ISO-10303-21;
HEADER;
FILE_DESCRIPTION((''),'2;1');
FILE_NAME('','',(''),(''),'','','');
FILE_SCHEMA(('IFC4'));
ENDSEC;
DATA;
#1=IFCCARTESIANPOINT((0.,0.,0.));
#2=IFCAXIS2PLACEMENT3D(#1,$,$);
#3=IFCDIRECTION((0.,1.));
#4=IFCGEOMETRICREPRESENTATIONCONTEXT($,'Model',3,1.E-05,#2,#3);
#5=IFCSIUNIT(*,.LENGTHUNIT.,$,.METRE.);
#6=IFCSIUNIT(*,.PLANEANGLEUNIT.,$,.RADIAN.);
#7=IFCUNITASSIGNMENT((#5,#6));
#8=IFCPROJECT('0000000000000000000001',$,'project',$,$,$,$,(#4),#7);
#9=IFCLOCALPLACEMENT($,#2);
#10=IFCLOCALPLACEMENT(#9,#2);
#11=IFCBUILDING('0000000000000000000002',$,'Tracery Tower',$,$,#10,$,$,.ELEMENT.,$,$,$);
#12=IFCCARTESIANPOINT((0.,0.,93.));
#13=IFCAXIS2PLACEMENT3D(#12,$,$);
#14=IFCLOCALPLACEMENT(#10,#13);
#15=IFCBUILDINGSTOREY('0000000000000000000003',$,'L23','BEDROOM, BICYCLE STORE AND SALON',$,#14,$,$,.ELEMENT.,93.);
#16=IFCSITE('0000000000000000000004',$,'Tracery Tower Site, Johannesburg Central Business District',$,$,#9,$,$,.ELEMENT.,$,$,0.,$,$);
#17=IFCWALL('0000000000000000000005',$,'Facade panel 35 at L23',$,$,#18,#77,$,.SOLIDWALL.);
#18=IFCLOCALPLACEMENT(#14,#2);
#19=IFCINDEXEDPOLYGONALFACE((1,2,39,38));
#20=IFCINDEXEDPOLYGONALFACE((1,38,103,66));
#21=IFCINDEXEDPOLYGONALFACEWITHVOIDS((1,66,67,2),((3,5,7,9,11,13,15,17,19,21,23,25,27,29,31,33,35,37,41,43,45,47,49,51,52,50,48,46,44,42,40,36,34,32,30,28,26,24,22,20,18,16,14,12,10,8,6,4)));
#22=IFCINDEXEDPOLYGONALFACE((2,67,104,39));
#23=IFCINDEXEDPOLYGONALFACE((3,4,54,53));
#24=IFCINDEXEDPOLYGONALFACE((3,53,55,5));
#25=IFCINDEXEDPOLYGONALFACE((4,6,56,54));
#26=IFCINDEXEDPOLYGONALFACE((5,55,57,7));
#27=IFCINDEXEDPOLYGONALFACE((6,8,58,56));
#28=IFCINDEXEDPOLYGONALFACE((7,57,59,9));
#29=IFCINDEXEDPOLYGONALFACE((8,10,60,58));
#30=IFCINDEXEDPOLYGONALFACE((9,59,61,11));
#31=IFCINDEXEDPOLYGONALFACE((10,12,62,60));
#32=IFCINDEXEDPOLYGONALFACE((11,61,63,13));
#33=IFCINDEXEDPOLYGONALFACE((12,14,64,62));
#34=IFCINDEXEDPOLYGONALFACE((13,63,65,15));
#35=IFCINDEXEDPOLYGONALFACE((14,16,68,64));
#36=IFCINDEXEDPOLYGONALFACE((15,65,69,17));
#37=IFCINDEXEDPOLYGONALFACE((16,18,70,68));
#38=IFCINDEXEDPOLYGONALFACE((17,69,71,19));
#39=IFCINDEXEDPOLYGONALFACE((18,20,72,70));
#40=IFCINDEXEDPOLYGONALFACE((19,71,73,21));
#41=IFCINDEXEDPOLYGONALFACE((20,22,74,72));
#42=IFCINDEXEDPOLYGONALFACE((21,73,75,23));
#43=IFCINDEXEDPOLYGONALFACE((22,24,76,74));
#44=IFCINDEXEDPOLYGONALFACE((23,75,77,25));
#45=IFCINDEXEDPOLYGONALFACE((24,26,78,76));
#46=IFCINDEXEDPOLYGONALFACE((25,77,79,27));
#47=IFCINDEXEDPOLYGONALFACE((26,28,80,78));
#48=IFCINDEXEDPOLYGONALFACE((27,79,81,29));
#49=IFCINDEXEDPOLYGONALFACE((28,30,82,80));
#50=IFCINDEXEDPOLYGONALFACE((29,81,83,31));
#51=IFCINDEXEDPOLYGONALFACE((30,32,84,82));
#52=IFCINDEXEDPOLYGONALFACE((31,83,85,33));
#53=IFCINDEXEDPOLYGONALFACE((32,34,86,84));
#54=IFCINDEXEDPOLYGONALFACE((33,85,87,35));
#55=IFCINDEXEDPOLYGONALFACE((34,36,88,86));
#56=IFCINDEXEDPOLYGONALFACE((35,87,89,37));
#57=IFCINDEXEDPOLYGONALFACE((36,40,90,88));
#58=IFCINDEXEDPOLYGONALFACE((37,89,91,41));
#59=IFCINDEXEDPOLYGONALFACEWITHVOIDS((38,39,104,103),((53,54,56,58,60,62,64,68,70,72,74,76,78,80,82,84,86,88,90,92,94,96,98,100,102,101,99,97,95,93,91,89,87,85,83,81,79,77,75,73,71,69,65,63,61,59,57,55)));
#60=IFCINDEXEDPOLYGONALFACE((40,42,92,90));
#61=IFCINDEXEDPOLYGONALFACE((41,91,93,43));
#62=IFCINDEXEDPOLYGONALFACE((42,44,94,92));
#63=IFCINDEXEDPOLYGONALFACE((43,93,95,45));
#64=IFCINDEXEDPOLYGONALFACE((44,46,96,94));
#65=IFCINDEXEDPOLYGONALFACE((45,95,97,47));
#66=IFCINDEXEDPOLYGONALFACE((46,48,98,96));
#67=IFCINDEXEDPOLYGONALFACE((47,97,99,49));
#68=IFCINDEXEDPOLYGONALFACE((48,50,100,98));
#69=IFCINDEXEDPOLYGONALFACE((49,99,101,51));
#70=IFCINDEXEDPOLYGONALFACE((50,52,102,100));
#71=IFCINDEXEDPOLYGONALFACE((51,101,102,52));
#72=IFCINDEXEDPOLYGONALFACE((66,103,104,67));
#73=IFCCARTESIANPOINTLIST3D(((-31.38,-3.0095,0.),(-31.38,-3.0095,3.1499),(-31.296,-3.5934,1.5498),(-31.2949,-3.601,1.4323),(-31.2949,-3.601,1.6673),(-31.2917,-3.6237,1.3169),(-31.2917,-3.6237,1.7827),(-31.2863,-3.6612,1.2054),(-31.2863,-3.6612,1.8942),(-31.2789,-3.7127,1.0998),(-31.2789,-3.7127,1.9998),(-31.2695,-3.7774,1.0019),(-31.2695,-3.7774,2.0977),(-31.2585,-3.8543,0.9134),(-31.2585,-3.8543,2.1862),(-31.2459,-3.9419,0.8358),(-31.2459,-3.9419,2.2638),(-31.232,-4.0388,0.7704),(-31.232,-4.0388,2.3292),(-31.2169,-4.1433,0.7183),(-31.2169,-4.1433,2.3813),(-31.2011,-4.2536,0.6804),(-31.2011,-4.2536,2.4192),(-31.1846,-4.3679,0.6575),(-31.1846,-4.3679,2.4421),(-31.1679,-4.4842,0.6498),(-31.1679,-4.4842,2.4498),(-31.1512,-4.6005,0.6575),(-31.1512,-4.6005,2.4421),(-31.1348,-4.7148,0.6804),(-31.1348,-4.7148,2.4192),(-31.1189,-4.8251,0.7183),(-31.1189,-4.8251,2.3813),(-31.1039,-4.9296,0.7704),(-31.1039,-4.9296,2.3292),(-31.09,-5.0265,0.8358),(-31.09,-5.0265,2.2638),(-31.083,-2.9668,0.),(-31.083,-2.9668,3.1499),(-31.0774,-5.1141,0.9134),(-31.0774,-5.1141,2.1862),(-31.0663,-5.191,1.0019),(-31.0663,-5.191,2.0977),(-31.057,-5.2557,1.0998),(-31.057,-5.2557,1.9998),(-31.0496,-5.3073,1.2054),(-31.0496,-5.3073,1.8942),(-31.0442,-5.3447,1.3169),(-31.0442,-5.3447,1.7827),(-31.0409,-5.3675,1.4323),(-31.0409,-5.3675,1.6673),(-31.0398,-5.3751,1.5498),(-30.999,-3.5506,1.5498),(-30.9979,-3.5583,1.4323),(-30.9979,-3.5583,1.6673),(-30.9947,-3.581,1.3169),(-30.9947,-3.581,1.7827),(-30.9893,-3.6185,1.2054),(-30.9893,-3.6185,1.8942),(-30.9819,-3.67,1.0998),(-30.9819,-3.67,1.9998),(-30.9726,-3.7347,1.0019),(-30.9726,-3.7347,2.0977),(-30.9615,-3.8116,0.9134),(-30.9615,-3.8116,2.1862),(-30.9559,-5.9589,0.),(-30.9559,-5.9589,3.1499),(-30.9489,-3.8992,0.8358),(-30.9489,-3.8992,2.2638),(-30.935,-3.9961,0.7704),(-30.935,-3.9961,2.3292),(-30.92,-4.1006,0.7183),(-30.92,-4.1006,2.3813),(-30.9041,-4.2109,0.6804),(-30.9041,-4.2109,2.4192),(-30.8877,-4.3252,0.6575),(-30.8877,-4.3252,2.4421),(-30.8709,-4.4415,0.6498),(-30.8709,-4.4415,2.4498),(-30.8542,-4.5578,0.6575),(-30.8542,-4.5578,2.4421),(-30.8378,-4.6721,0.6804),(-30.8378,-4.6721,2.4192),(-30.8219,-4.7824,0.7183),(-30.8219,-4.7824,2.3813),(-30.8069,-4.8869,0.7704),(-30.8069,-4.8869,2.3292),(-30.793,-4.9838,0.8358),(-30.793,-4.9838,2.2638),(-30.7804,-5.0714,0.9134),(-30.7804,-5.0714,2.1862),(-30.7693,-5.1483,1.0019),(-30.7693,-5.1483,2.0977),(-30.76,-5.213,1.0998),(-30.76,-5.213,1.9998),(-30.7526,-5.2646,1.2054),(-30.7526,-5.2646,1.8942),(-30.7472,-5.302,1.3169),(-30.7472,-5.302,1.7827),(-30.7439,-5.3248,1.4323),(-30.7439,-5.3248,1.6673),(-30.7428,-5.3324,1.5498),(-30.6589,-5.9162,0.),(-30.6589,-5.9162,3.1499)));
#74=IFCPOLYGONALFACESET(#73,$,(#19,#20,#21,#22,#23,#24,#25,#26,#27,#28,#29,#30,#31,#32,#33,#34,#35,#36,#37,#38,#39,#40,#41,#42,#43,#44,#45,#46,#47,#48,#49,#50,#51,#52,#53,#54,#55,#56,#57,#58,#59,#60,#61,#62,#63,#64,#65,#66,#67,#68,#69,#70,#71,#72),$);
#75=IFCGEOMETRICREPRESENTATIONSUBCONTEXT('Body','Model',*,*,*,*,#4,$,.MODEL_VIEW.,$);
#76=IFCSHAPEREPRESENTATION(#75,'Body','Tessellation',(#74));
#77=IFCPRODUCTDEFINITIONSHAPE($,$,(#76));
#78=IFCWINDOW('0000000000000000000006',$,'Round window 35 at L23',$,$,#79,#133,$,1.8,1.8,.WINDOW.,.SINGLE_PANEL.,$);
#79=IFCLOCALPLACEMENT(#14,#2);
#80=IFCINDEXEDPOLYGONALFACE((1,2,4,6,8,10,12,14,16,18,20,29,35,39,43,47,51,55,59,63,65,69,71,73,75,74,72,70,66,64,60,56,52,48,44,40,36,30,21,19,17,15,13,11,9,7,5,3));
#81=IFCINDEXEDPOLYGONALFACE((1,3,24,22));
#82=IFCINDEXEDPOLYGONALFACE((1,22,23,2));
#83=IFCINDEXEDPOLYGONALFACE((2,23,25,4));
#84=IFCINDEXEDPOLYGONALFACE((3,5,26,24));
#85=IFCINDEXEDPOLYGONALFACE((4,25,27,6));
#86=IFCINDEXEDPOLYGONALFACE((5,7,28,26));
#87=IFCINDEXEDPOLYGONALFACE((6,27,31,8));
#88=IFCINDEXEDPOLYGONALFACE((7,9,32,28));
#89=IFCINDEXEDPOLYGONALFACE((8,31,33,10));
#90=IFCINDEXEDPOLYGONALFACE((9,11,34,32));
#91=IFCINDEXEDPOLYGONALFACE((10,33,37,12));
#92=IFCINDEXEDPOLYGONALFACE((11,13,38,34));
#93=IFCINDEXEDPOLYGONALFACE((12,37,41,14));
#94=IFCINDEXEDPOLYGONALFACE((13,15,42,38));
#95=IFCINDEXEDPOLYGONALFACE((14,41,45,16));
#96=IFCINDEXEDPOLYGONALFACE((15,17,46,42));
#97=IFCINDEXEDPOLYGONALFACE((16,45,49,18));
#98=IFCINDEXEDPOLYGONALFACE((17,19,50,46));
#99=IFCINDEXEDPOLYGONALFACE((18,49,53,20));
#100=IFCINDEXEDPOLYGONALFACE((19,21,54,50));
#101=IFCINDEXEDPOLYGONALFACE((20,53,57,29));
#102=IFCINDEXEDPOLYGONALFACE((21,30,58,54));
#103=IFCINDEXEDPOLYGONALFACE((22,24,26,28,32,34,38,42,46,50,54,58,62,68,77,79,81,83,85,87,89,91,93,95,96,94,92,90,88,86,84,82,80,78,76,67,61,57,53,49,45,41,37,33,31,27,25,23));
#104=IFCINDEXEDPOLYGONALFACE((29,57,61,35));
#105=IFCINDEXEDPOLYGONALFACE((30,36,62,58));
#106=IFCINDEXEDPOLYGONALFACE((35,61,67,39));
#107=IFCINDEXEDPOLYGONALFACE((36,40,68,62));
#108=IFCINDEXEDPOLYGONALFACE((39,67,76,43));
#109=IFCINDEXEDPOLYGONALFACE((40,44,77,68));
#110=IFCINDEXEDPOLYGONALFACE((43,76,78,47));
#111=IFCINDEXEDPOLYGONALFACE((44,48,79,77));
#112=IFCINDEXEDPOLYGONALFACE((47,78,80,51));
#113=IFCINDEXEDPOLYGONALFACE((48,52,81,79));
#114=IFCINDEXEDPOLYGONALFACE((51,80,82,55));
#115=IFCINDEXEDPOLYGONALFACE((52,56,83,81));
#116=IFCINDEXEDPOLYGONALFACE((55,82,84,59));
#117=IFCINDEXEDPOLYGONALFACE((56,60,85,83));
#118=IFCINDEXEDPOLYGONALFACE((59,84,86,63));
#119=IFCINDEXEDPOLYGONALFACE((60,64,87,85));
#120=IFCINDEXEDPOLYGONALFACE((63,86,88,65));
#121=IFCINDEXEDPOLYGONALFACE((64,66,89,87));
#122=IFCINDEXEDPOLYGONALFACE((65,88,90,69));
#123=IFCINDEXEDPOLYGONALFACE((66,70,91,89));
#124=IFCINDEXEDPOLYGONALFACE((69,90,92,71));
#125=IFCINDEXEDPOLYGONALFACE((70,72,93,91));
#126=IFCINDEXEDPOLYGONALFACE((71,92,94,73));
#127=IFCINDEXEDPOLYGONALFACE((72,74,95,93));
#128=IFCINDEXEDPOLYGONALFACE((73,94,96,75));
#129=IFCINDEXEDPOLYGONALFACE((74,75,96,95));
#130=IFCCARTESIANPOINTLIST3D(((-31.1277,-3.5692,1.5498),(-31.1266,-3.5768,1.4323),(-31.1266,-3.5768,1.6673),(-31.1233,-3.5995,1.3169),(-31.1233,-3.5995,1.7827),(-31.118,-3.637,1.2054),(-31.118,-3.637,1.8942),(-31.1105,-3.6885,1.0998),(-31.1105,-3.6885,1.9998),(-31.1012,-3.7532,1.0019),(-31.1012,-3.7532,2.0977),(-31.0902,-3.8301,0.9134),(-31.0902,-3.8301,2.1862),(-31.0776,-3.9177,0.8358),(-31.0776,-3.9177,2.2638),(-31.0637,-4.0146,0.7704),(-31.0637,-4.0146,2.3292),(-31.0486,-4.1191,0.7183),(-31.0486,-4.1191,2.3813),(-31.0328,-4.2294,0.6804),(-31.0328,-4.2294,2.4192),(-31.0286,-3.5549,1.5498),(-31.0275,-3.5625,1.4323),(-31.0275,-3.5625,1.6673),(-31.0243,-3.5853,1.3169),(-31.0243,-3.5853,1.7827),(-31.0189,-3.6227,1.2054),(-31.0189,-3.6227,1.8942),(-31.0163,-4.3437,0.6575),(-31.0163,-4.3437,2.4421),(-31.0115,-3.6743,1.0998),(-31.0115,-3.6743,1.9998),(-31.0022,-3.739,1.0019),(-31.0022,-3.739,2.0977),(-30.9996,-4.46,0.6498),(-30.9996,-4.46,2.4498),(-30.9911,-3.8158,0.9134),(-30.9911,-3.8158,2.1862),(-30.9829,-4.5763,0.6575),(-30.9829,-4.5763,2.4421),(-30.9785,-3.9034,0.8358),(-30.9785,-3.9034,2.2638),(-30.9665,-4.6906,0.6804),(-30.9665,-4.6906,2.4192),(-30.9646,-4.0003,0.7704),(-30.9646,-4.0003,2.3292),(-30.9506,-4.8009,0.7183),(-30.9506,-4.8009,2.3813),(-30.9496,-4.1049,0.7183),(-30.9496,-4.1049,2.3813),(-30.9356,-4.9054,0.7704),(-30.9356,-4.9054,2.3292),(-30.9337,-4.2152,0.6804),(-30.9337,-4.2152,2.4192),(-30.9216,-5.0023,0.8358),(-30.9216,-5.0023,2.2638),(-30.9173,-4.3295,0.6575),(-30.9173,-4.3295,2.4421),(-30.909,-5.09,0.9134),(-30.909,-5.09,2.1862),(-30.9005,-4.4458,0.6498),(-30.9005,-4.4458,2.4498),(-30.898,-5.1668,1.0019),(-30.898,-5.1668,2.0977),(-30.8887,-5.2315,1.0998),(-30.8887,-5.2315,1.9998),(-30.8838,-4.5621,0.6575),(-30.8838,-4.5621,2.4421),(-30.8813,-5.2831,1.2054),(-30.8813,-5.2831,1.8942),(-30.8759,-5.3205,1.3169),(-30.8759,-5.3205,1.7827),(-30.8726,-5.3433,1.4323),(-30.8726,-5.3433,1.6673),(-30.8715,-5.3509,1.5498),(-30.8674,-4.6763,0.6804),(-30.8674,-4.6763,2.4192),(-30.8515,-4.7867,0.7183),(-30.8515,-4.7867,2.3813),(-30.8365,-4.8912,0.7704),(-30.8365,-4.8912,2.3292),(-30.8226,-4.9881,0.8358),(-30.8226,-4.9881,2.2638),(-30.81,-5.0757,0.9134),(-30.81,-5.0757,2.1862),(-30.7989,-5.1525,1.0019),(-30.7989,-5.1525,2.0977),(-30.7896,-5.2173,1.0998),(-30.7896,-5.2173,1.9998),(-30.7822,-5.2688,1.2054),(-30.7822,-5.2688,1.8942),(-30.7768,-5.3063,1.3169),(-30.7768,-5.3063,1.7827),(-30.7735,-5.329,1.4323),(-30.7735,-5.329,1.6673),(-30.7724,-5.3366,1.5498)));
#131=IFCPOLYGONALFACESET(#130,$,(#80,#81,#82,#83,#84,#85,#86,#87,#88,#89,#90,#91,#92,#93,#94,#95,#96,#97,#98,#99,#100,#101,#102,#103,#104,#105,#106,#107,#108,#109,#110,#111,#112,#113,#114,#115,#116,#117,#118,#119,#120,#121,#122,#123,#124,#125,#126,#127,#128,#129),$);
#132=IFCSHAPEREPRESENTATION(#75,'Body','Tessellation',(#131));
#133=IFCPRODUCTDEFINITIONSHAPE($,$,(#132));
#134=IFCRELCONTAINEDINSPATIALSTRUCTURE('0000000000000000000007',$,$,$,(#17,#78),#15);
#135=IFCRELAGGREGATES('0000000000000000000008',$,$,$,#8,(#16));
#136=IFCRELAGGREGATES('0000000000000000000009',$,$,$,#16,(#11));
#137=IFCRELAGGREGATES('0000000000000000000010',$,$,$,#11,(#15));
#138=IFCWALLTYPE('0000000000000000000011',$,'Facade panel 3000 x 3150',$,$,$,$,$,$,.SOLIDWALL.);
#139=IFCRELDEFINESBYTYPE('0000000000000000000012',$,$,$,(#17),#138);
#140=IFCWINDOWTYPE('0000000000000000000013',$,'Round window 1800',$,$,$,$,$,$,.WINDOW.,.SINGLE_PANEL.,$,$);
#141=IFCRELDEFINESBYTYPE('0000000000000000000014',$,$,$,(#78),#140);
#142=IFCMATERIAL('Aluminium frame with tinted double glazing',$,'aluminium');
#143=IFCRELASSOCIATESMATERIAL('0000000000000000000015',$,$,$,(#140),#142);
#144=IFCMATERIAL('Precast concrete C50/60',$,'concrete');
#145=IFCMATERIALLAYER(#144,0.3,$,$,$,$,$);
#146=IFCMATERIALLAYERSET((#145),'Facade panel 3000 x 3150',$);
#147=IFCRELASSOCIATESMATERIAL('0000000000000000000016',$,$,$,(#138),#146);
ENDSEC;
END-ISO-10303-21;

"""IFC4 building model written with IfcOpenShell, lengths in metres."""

from ifc_helpers import new_model, si_unit, direction, frame, frame_2d, origin, origin_2d, place, context, subcontext, project, spatial, rectangle, circle, extrude, material, layer, layer_set, type_object, element, fill, save


model = new_model("IFC4")

# Units and contexts
model_context = context("Model", 3, precision=1e-05, world=origin(), true_north=direction((0.0, 1.0)))
body_context = subcontext(model_context, "Body", "Model", "MODEL_VIEW")
ifc_project = project(units=[si_unit("LENGTHUNIT", "METRE"), si_unit("PLANEANGLEUNIT", "RADIAN")], contexts=[model_context])

# Site, building, storey
site_placement = place(None, origin())
site = spatial("IfcSite", under=ifc_project, at=site_placement, Name="Tracery Tower Site, Johannesburg Central Business District", CompositionType="ELEMENT", RefElevation=0.0)
building_placement = place(site_placement, origin())
building = spatial("IfcBuilding", under=site, at=building_placement, Name="Tracery Tower", CompositionType="ELEMENT")
storey_placement = place(building_placement, frame((0.0, 0.0, 93.0)))
storey = spatial("IfcBuildingStorey", under=building, at=storey_placement, Name="L23", Description="BEDROOM, BICYCLE STORE AND SALON", CompositionType="ELEMENT", Elevation=93.0)

# Wall, opening, window
ifc_material_1 = material(Name="Aluminium frame with tinted double glazing", Category="aluminium")
window_type = type_object("IfcWindowType", Name="Round window 1800", PartitioningType="SINGLE_PANEL", PredefinedType="WINDOW", material=ifc_material_1)
ifc_material_2 = material(Name="Precast concrete C50/60", Category="concrete")
ifc_layer_1 = layer(ifc_material_2, 0.3)
ifc_layer_set_1 = layer_set([ifc_layer_1], Name="Facade panel 3000 x 3150")
wall_type_1 = type_object("IfcWallType", Name="Facade panel 3000 x 3150", PredefinedType="SOLIDWALL", material=ifc_layer_set_1)
wall_1_placement = place(storey_placement, frame((-31.2314, -2.9883, 0.0), z_axis=(0.0, 0.0, 1.0), x_axis=(0.142316, -0.989821, 0.0)))
wall_1 = element("IfcWall", 1, at=wall_1_placement, inside=storey, type_object=wall_type_1, Name="Facade panel 35 at L23", PredefinedType="SOLIDWALL", context=body_context, shape_type="SweptSolid", body=[
    extrude(rectangle(XDim=2.9797, YDim=0.3, at=frame_2d((1.4897, 0.0))), origin(), (0.0, 0.0, 1.0), 3.1499),
])
opening_1_placement = place(wall_1_placement, frame((1.4897, 0.0, 1.5498)))
opening_1 = element("IfcOpeningElement", 2, at=opening_1_placement, cuts=wall_1, PredefinedType="OPENING", context=body_context, shape_type="SweptSolid", body=[
    extrude(circle(Radius=0.9, at=origin_2d()), frame((0.0, 0.1599, 0.0), z_axis=(0.0, -1.0, 0.0), x_axis=(1.0, 0.0, 0.0)), (0.0, 0.0, 1.0), 0.3201),
])
window_1_placement = place(opening_1_placement, origin())
window_1 = element("IfcWindow", 3, at=window_1_placement, inside=storey, type_object=window_type, Name="Round window 35 at L23", OverallHeight=1.8, OverallWidth=1.8, PartitioningType="SINGLE_PANEL", PredefinedType="WINDOW", context=body_context, shape_type="SweptSolid", body=[
    extrude(circle(Radius=0.9, at=origin_2d()), frame((0.0, 0.1201, 0.0), z_axis=(0.0, -1.0, 0.0), x_axis=(1.0, 0.0, 0.0)), (0.0, 0.0, 1.0), 0.1001),
])
fill(opening_1, window_1)

save(model, "model.ifc")
